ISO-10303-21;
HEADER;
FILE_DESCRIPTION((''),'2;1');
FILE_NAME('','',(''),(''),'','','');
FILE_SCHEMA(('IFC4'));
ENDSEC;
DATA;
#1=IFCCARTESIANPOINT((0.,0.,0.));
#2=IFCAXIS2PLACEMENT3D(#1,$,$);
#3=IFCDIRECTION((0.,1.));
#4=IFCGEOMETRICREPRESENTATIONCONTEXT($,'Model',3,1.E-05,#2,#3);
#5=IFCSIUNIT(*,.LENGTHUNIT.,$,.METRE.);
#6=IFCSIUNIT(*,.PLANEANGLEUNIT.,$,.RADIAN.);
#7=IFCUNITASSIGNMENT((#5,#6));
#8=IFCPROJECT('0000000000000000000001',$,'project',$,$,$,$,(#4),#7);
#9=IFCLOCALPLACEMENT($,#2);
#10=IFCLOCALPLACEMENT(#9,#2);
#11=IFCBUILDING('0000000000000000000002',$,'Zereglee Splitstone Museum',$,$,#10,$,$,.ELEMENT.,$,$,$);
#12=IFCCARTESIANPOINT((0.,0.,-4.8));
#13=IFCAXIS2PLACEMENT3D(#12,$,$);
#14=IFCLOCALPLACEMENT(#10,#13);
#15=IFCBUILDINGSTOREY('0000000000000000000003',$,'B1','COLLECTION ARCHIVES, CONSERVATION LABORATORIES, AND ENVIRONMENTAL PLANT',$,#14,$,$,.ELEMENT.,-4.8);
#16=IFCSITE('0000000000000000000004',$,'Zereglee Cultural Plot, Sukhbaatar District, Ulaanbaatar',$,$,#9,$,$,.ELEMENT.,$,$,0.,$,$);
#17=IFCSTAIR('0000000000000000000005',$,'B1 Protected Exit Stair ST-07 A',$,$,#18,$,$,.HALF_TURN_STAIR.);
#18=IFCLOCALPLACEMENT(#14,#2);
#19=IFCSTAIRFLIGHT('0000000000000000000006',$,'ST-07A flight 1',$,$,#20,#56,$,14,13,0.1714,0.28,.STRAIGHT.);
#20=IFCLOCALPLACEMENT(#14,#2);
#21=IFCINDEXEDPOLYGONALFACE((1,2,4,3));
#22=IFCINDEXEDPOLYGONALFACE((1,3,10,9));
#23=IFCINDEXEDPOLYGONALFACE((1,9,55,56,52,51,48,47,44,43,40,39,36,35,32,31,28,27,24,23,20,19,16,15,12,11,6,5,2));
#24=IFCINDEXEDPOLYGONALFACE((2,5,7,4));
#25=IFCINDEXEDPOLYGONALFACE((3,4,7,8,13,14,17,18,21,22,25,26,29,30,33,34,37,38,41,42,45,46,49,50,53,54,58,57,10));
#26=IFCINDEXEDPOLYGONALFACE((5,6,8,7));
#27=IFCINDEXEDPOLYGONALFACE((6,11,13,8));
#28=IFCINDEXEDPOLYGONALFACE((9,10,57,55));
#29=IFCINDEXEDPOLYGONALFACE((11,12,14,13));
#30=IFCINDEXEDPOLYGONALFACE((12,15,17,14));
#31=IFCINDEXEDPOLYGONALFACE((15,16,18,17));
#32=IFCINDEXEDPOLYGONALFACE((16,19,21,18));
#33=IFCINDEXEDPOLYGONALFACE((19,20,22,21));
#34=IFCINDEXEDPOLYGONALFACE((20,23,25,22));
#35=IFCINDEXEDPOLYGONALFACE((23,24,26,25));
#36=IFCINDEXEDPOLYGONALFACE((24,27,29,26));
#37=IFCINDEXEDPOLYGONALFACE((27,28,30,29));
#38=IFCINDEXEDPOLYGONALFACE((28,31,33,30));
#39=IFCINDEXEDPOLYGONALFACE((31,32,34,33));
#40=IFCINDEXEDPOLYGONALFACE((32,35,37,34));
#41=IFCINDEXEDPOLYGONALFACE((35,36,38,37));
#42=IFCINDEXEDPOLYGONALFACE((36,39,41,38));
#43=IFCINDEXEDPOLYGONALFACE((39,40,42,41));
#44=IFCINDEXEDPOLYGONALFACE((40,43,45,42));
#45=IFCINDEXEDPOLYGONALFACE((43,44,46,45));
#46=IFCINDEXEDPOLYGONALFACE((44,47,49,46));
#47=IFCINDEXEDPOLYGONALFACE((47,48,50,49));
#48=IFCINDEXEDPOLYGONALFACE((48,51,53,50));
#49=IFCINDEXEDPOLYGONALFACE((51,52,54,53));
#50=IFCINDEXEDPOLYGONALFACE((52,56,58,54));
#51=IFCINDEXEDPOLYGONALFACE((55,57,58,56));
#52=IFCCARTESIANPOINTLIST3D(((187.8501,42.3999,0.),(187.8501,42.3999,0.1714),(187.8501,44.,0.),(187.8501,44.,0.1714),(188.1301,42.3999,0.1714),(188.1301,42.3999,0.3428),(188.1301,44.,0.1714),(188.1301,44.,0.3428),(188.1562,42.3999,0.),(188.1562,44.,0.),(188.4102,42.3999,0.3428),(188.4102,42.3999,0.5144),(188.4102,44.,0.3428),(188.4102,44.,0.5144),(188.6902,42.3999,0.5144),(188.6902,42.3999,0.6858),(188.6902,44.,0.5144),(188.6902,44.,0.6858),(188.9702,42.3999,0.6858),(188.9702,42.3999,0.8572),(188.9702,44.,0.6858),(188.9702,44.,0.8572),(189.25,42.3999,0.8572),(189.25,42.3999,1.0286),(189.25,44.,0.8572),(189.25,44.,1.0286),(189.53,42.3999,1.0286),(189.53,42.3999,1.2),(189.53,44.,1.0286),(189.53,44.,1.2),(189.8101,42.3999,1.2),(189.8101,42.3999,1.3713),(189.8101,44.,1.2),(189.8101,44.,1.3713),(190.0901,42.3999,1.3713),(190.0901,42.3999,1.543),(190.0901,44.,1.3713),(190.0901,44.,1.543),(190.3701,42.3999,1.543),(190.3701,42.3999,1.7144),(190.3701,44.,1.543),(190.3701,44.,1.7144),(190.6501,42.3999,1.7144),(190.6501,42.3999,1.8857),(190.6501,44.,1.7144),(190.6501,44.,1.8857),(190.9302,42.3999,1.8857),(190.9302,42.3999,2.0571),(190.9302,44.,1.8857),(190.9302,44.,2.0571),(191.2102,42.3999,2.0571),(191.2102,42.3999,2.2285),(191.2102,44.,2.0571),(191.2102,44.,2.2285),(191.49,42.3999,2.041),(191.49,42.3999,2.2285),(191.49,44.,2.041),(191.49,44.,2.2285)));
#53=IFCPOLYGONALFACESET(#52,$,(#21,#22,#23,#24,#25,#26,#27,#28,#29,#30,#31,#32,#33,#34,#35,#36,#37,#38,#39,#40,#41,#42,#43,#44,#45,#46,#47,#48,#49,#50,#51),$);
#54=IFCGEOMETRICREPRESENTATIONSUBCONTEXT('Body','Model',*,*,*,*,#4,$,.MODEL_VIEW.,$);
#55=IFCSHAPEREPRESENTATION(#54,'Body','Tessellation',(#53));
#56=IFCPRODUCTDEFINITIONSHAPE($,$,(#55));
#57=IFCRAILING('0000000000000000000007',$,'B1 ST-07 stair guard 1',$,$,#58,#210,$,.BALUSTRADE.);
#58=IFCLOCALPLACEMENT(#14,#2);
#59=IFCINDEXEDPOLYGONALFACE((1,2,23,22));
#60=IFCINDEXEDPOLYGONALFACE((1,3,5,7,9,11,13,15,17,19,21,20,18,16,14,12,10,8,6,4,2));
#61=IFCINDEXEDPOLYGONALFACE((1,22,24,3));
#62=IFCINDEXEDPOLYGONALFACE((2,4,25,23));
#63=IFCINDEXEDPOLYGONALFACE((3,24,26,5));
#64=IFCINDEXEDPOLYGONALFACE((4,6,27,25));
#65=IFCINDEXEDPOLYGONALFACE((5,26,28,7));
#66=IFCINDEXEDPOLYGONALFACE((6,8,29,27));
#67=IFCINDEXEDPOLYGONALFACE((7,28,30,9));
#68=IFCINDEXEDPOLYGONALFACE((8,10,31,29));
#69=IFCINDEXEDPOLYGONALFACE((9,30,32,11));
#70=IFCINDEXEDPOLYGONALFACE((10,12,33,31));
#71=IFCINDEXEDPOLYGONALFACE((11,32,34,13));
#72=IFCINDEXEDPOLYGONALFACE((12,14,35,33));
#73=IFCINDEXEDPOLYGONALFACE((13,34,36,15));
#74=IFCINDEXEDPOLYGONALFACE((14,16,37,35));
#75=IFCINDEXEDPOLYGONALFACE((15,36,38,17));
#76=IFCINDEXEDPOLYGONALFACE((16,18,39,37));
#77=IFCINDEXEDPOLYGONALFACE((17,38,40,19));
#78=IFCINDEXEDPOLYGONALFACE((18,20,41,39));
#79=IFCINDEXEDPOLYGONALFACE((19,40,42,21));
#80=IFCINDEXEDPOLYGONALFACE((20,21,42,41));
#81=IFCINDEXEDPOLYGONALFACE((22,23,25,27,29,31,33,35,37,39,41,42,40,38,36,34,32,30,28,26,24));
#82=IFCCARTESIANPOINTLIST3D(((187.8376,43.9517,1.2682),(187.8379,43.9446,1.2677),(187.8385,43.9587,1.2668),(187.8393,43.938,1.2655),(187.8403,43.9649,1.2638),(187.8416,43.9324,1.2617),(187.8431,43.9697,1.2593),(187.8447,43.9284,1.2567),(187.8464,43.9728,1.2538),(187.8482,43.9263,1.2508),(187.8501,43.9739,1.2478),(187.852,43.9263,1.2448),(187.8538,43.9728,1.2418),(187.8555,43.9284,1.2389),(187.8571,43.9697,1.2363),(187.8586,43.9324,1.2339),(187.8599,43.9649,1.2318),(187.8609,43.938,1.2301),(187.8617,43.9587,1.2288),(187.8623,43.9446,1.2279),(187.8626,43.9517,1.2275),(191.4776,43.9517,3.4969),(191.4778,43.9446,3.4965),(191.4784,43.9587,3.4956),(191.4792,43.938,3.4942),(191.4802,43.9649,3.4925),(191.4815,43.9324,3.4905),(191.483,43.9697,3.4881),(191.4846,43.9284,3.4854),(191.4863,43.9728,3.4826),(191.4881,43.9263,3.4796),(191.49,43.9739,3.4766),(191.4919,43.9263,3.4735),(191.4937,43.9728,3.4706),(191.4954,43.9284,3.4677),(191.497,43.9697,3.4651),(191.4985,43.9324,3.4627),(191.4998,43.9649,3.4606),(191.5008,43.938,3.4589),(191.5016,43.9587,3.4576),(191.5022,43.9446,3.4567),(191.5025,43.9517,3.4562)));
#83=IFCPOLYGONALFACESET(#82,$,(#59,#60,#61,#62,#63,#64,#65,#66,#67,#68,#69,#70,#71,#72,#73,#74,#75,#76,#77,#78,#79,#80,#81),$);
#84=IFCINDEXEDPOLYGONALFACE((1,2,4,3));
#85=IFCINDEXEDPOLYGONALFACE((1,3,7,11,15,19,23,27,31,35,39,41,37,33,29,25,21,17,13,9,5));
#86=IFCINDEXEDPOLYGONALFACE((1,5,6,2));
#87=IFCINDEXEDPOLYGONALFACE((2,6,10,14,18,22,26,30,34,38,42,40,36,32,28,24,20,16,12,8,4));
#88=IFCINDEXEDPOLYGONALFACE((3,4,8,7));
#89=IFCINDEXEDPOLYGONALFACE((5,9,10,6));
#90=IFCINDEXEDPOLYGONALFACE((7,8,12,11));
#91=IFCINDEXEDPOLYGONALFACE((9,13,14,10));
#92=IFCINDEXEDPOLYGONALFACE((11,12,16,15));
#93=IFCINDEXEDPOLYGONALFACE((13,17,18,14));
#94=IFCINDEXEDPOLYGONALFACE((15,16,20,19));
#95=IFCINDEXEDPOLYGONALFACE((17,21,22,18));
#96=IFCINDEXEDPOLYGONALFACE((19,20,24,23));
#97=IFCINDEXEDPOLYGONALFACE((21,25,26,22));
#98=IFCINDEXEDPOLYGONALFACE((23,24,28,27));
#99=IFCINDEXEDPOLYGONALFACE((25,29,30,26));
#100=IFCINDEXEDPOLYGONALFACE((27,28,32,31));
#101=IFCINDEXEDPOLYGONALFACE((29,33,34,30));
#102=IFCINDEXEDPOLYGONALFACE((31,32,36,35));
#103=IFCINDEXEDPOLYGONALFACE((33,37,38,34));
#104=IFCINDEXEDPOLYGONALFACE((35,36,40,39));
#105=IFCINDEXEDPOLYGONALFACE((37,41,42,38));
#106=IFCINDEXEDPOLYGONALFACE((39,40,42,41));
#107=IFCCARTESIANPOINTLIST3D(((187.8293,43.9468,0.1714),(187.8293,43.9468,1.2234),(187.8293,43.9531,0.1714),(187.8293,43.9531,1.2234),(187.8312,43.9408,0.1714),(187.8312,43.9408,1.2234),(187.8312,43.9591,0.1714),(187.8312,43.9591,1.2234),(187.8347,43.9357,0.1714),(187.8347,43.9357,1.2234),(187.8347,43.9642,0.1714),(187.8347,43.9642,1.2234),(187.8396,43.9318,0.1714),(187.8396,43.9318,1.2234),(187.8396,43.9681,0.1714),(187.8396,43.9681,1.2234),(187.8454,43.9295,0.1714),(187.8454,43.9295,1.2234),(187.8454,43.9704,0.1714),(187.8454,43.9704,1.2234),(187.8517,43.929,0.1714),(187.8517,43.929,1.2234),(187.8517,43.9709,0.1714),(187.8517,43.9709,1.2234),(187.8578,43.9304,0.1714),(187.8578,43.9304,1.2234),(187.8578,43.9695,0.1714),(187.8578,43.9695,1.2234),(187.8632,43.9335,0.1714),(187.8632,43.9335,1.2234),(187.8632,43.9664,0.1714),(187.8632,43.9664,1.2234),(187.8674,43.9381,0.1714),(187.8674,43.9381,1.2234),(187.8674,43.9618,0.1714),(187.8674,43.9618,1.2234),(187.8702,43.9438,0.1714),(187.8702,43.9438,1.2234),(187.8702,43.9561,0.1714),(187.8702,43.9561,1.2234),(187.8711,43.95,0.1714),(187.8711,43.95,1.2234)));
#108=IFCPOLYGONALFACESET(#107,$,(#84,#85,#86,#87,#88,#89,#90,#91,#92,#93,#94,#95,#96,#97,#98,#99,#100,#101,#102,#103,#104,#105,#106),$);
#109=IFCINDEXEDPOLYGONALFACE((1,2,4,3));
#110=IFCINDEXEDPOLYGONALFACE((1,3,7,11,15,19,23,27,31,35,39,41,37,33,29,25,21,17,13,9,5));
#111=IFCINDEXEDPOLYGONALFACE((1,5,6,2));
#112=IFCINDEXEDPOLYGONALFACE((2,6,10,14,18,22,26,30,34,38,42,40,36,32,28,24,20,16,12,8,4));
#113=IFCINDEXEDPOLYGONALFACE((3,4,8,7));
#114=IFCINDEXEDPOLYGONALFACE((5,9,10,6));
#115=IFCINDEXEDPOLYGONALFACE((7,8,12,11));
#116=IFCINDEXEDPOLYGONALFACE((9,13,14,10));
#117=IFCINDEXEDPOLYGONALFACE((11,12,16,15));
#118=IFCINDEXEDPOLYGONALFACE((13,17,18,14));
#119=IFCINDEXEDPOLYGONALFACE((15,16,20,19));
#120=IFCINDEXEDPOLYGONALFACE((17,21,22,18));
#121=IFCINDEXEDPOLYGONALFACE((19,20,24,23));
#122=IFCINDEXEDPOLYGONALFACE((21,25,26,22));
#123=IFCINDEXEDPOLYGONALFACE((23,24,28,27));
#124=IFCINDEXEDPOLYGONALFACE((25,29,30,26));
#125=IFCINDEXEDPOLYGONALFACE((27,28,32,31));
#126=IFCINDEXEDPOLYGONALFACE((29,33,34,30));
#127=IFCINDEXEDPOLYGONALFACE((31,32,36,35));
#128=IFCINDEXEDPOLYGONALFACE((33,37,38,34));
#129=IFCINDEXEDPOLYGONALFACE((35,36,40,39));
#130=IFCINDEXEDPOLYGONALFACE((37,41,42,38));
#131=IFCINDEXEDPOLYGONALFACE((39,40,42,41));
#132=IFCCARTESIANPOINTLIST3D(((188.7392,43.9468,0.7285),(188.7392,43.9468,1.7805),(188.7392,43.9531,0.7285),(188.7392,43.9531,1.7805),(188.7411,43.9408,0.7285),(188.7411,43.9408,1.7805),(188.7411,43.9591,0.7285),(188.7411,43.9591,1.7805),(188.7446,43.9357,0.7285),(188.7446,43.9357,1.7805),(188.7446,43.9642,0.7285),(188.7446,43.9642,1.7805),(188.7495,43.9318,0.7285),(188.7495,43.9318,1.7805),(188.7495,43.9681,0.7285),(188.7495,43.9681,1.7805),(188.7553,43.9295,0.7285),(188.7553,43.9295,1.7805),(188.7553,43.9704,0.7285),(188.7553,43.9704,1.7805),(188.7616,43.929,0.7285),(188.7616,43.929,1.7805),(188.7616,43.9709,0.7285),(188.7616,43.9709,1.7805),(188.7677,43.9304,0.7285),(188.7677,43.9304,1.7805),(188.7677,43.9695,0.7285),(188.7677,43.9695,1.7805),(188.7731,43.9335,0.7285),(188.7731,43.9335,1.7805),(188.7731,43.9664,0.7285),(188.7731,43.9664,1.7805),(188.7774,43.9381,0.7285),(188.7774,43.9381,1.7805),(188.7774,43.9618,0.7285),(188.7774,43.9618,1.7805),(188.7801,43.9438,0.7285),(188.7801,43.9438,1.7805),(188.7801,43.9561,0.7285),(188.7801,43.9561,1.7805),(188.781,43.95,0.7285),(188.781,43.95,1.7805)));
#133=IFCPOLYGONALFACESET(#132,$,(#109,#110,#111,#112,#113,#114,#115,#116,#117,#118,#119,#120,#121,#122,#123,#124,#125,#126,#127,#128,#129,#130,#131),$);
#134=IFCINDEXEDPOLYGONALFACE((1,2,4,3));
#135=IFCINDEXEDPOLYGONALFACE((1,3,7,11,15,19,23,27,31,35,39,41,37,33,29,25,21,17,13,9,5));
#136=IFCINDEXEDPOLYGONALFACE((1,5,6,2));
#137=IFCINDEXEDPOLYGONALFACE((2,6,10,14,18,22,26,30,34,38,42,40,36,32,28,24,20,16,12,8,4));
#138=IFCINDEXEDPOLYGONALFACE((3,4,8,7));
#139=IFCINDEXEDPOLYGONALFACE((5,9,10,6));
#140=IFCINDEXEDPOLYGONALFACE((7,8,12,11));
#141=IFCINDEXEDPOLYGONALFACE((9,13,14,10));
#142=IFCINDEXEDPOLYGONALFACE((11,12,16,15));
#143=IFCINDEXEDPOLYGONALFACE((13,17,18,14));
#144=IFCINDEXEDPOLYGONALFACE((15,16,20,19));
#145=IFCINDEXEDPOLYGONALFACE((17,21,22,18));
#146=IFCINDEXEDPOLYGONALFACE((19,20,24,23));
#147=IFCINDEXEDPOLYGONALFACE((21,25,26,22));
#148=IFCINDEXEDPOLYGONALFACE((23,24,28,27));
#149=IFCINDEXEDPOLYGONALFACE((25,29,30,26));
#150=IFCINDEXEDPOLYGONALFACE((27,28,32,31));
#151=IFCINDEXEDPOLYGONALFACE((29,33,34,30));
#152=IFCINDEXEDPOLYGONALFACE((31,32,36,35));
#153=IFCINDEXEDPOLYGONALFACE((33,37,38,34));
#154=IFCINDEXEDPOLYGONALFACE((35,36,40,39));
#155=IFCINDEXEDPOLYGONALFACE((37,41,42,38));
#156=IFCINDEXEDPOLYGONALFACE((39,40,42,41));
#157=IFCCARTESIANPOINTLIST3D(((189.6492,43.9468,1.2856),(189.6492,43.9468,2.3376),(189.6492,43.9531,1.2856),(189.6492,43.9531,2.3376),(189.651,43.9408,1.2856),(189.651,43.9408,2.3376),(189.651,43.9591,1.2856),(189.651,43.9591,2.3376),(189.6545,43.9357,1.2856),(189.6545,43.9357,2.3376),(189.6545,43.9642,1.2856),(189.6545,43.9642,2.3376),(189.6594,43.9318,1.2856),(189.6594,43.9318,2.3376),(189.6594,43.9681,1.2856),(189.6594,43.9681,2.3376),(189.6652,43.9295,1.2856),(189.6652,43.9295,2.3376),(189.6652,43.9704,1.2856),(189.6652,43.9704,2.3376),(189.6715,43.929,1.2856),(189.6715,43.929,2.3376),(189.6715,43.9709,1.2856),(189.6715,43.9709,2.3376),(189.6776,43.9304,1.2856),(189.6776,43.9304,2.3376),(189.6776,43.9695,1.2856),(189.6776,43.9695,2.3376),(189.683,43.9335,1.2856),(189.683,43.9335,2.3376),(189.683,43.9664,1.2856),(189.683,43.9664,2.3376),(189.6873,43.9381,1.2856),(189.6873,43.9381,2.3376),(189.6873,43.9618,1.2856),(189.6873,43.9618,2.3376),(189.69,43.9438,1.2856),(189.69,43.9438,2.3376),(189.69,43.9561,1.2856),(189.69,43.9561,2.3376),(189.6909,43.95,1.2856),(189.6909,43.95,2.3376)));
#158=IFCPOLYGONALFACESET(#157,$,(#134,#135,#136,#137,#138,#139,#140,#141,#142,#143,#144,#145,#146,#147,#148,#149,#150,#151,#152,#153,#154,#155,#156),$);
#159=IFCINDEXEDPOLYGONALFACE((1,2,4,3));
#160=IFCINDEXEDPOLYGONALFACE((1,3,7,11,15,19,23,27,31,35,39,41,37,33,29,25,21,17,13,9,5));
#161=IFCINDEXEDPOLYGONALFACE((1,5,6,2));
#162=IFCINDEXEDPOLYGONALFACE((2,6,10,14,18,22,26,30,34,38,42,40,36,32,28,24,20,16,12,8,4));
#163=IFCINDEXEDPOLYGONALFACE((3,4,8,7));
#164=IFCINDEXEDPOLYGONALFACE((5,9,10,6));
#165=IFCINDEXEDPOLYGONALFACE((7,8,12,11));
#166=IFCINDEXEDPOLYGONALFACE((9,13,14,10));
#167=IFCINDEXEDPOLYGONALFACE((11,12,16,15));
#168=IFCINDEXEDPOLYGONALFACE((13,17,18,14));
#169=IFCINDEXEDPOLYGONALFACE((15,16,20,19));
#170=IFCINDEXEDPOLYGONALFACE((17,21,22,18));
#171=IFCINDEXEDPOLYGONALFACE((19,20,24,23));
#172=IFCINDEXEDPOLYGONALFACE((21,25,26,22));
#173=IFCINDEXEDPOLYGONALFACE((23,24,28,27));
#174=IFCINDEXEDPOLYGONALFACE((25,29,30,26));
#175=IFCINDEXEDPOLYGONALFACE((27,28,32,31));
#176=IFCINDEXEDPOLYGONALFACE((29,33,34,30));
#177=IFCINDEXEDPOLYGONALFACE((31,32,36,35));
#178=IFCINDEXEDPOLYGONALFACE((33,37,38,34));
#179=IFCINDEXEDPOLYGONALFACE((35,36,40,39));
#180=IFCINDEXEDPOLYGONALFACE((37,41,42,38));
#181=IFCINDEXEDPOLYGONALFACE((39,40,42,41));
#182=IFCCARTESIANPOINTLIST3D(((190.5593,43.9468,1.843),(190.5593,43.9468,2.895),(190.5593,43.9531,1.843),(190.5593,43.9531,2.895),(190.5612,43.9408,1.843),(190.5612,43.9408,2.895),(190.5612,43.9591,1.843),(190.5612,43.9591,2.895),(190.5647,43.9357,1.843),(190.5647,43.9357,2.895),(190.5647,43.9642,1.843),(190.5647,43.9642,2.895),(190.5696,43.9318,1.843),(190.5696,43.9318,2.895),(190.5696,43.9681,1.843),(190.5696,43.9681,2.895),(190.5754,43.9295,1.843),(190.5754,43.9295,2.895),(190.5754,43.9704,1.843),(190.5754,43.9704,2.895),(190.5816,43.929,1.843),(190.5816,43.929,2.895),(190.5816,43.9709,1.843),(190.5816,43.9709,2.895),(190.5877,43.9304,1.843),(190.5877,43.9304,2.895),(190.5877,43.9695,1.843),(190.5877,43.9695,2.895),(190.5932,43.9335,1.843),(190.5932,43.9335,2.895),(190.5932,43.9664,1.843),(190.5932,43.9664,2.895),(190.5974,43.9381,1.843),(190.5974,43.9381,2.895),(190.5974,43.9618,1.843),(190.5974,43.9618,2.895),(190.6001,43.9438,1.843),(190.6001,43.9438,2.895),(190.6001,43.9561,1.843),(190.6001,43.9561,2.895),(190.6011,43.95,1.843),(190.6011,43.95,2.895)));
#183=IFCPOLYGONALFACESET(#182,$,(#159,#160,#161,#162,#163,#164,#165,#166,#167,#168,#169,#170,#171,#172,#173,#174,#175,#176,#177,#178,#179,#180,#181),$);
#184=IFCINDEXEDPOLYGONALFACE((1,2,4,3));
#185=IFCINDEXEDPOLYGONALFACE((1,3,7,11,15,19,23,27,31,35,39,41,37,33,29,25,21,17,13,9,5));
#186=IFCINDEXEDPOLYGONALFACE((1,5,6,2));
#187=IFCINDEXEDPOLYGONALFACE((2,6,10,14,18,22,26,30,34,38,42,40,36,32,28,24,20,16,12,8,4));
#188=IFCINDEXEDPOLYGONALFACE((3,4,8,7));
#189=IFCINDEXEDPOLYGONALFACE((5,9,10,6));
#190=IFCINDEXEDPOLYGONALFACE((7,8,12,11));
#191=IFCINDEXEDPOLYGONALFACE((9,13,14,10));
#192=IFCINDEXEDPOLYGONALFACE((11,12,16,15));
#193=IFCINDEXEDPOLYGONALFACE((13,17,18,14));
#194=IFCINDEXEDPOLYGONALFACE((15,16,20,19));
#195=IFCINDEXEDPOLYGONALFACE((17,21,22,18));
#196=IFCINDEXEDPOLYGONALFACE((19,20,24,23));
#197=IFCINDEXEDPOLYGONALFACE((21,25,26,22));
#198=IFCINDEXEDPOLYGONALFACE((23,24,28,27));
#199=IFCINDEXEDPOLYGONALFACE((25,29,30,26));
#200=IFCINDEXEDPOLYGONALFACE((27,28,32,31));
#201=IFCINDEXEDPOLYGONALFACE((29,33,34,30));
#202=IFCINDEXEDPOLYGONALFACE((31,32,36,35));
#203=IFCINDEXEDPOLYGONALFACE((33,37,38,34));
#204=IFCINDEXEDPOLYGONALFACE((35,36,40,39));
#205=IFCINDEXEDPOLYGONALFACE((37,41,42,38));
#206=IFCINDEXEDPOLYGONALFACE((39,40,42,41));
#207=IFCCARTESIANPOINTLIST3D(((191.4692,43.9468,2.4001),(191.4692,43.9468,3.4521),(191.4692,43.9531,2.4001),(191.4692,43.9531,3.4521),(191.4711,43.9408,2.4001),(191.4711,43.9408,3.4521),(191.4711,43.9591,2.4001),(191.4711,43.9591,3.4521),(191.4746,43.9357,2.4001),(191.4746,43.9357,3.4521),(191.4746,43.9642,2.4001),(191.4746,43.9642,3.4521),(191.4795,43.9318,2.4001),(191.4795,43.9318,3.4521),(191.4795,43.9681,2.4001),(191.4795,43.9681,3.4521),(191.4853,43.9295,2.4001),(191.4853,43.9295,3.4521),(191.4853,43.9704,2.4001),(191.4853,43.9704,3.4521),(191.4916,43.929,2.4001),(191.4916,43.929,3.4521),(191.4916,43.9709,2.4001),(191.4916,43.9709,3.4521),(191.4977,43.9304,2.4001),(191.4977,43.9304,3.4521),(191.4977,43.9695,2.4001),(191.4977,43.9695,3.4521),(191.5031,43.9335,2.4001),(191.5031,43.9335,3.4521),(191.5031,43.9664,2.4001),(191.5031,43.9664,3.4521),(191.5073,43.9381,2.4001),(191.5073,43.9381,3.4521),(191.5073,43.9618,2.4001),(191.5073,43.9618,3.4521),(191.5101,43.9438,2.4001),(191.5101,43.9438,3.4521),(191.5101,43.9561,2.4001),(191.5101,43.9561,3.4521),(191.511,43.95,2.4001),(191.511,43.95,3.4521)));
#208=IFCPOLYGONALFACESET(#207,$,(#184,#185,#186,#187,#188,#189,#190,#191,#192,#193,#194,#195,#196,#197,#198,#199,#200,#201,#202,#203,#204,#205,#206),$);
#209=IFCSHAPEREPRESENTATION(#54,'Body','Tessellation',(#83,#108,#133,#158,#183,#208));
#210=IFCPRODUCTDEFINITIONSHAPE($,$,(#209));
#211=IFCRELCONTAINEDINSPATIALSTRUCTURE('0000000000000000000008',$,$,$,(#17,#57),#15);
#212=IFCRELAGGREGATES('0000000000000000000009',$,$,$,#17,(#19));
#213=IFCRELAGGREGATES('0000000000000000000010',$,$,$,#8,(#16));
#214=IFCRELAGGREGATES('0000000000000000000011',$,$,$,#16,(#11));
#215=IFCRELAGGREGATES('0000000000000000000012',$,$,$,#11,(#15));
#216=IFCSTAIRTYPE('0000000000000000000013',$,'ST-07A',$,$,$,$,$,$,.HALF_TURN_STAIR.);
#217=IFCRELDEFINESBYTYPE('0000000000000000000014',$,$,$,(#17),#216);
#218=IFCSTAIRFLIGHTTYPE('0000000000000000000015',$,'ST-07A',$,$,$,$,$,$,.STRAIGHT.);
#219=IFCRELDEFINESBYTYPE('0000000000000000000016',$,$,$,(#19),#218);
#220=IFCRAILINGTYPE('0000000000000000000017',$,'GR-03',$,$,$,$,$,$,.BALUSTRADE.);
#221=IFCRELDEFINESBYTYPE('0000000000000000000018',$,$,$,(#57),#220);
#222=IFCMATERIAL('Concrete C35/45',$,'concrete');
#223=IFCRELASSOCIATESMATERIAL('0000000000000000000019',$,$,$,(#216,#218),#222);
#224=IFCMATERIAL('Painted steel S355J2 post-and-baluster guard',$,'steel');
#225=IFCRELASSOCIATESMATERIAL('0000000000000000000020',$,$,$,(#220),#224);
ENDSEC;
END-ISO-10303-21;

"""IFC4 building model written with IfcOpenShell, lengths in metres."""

from ifc_helpers import new_model, si_unit, direction, frame, origin, origin_2d, place, context, subcontext, project, spatial, polyline, circle, outline, extrude, material, type_object, element, aggregate, save


model = new_model("IFC4")

# Units and contexts
model_context = context("Model", 3, precision=1e-05, world=origin(), true_north=direction((0.0, 1.0)))
body_context = subcontext(model_context, "Body", "Model", "MODEL_VIEW")
ifc_project = project(units=[si_unit("LENGTHUNIT", "METRE"), si_unit("PLANEANGLEUNIT", "RADIAN")], contexts=[model_context])

# Site, building, storey
site_placement = place(None, origin())
site = spatial("IfcSite", under=ifc_project, at=site_placement, Name="Zereglee Cultural Plot, Sukhbaatar District, Ulaanbaatar", CompositionType="ELEMENT", RefElevation=0.0)
building_placement = place(site_placement, origin())
building = spatial("IfcBuilding", under=site, at=building_placement, Name="Zereglee Splitstone Museum", CompositionType="ELEMENT")
storey_placement = place(building_placement, frame((0.0, 0.0, -4.8)))
storey = spatial("IfcBuildingStorey", under=building, at=storey_placement, Name="B1", Description="COLLECTION ARCHIVES, CONSERVATION LABORATORIES, AND ENVIRONMENTAL PLANT", CompositionType="ELEMENT", Elevation=-4.8)

# Stair, stair flight
ifc_material_1 = material(Name="Concrete C35/45", Category="concrete")
stair_type = type_object("IfcStairType", Name="ST-07A", PredefinedType="HALF_TURN_STAIR", material=ifc_material_1)
stair_placement = place(storey_placement, origin())
stair = element("IfcStair", 1, at=stair_placement, inside=storey, type_object=stair_type, Name="B1 Protected Exit Stair ST-07 A", PredefinedType="HALF_TURN_STAIR")
stair_flight_type = type_object("IfcStairFlightType", Name="ST-07A", PredefinedType="STRAIGHT", material=ifc_material_1)
stair_flight_placement = place(storey_placement, frame((187.8501, 43.2, 0.0), z_axis=(0.0, 0.0, 1.0), x_axis=(1.0, 0.0, 0.0)))
stair_flight = element("IfcStairFlight", 2, at=stair_flight_placement, type_object=stair_flight_type, Name="ST-07A flight 1", NumberOfRisers=14, NumberOfTreads=13, PredefinedType="STRAIGHT", RiserHeight=0.1714, TreadLength=0.28, context=body_context, shape_type="SweptSolid", body=[
    extrude(outline(polyline([(0.0, 0.0), (0.0, 0.1714), (0.28, 0.1714), (0.28, 0.3428), (0.5601, 0.3428), (0.5601, 0.5144), (0.8401, 0.5144), (0.8401, 0.6858), (1.1201, 0.6858), (1.1201, 0.8572), (1.3999, 0.8572), (1.3999, 1.0286), (1.6799, 1.0286), (1.6799, 1.2), (1.96, 1.2), (1.96, 1.3713), (2.24, 1.3713), (2.24, 1.543), (2.52, 1.543), (2.52, 1.7144), (2.8, 1.7144), (2.8, 1.8857), (3.0801, 1.8857), (3.0801, 2.0571), (3.3601, 2.0571), (3.3601, 2.2285), (3.6399, 2.2285), (3.6399, 2.3999), (3.6399, 2.041), (0.3062, 0.0), (0.0, 0.0)])), frame((0.0, 0.8, 0.0), z_axis=(0.0, -1.0, 0.0), x_axis=(1.0, 0.0, 0.0)), (0.0, 0.0, 1.0), 1.6001),
])
aggregate(stair, [stair_flight])

# Railing
ifc_material_2 = material(Name="Painted steel S355J2 post-and-baluster guard", Category="steel")
railing_type_1 = type_object("IfcRailingType", Name="GR-03", PredefinedType="BALUSTRADE", material=ifc_material_2)
railing_1_placement = place(storey_placement, frame((187.8501, 43.95, 0.1714)))
element("IfcRailing", 3, at=railing_1_placement, inside=storey, type_object=railing_type_1, Name="B1 ST-07 stair guard 1", PredefinedType="BALUSTRADE", context=body_context, shape_type="SweptSolid", body=[
    extrude(circle(Radius=0.0239, at=origin_2d()), frame((0.0, 0.0, 1.0764), z_axis=(0.852825, 0.0, 0.522197), x_axis=(0.0, 1.0, 0.0)), (0.0, 0.0, 1.0), 4.2681),
    extrude(circle(Radius=0.021, at=origin_2d()), origin(), (0.0, 0.0, 1.0), 1.052),
    extrude(circle(Radius=0.021, at=origin_2d()), frame((0.9099, 0.0, 0.5571)), (0.0, 0.0, 1.0), 1.052),
    extrude(circle(Radius=0.021, at=origin_2d()), frame((1.8198, 0.0, 1.1143)), (0.0, 0.0, 1.0), 1.052),
    extrude(circle(Radius=0.021, at=origin_2d()), frame((2.73, 0.0, 1.6716)), (0.0, 0.0, 1.0), 1.052),
    extrude(circle(Radius=0.021, at=origin_2d()), frame((3.6399, 0.0, 2.2288)), (0.0, 0.0, 1.0), 1.052),
])

save(model, "model.ifc")
